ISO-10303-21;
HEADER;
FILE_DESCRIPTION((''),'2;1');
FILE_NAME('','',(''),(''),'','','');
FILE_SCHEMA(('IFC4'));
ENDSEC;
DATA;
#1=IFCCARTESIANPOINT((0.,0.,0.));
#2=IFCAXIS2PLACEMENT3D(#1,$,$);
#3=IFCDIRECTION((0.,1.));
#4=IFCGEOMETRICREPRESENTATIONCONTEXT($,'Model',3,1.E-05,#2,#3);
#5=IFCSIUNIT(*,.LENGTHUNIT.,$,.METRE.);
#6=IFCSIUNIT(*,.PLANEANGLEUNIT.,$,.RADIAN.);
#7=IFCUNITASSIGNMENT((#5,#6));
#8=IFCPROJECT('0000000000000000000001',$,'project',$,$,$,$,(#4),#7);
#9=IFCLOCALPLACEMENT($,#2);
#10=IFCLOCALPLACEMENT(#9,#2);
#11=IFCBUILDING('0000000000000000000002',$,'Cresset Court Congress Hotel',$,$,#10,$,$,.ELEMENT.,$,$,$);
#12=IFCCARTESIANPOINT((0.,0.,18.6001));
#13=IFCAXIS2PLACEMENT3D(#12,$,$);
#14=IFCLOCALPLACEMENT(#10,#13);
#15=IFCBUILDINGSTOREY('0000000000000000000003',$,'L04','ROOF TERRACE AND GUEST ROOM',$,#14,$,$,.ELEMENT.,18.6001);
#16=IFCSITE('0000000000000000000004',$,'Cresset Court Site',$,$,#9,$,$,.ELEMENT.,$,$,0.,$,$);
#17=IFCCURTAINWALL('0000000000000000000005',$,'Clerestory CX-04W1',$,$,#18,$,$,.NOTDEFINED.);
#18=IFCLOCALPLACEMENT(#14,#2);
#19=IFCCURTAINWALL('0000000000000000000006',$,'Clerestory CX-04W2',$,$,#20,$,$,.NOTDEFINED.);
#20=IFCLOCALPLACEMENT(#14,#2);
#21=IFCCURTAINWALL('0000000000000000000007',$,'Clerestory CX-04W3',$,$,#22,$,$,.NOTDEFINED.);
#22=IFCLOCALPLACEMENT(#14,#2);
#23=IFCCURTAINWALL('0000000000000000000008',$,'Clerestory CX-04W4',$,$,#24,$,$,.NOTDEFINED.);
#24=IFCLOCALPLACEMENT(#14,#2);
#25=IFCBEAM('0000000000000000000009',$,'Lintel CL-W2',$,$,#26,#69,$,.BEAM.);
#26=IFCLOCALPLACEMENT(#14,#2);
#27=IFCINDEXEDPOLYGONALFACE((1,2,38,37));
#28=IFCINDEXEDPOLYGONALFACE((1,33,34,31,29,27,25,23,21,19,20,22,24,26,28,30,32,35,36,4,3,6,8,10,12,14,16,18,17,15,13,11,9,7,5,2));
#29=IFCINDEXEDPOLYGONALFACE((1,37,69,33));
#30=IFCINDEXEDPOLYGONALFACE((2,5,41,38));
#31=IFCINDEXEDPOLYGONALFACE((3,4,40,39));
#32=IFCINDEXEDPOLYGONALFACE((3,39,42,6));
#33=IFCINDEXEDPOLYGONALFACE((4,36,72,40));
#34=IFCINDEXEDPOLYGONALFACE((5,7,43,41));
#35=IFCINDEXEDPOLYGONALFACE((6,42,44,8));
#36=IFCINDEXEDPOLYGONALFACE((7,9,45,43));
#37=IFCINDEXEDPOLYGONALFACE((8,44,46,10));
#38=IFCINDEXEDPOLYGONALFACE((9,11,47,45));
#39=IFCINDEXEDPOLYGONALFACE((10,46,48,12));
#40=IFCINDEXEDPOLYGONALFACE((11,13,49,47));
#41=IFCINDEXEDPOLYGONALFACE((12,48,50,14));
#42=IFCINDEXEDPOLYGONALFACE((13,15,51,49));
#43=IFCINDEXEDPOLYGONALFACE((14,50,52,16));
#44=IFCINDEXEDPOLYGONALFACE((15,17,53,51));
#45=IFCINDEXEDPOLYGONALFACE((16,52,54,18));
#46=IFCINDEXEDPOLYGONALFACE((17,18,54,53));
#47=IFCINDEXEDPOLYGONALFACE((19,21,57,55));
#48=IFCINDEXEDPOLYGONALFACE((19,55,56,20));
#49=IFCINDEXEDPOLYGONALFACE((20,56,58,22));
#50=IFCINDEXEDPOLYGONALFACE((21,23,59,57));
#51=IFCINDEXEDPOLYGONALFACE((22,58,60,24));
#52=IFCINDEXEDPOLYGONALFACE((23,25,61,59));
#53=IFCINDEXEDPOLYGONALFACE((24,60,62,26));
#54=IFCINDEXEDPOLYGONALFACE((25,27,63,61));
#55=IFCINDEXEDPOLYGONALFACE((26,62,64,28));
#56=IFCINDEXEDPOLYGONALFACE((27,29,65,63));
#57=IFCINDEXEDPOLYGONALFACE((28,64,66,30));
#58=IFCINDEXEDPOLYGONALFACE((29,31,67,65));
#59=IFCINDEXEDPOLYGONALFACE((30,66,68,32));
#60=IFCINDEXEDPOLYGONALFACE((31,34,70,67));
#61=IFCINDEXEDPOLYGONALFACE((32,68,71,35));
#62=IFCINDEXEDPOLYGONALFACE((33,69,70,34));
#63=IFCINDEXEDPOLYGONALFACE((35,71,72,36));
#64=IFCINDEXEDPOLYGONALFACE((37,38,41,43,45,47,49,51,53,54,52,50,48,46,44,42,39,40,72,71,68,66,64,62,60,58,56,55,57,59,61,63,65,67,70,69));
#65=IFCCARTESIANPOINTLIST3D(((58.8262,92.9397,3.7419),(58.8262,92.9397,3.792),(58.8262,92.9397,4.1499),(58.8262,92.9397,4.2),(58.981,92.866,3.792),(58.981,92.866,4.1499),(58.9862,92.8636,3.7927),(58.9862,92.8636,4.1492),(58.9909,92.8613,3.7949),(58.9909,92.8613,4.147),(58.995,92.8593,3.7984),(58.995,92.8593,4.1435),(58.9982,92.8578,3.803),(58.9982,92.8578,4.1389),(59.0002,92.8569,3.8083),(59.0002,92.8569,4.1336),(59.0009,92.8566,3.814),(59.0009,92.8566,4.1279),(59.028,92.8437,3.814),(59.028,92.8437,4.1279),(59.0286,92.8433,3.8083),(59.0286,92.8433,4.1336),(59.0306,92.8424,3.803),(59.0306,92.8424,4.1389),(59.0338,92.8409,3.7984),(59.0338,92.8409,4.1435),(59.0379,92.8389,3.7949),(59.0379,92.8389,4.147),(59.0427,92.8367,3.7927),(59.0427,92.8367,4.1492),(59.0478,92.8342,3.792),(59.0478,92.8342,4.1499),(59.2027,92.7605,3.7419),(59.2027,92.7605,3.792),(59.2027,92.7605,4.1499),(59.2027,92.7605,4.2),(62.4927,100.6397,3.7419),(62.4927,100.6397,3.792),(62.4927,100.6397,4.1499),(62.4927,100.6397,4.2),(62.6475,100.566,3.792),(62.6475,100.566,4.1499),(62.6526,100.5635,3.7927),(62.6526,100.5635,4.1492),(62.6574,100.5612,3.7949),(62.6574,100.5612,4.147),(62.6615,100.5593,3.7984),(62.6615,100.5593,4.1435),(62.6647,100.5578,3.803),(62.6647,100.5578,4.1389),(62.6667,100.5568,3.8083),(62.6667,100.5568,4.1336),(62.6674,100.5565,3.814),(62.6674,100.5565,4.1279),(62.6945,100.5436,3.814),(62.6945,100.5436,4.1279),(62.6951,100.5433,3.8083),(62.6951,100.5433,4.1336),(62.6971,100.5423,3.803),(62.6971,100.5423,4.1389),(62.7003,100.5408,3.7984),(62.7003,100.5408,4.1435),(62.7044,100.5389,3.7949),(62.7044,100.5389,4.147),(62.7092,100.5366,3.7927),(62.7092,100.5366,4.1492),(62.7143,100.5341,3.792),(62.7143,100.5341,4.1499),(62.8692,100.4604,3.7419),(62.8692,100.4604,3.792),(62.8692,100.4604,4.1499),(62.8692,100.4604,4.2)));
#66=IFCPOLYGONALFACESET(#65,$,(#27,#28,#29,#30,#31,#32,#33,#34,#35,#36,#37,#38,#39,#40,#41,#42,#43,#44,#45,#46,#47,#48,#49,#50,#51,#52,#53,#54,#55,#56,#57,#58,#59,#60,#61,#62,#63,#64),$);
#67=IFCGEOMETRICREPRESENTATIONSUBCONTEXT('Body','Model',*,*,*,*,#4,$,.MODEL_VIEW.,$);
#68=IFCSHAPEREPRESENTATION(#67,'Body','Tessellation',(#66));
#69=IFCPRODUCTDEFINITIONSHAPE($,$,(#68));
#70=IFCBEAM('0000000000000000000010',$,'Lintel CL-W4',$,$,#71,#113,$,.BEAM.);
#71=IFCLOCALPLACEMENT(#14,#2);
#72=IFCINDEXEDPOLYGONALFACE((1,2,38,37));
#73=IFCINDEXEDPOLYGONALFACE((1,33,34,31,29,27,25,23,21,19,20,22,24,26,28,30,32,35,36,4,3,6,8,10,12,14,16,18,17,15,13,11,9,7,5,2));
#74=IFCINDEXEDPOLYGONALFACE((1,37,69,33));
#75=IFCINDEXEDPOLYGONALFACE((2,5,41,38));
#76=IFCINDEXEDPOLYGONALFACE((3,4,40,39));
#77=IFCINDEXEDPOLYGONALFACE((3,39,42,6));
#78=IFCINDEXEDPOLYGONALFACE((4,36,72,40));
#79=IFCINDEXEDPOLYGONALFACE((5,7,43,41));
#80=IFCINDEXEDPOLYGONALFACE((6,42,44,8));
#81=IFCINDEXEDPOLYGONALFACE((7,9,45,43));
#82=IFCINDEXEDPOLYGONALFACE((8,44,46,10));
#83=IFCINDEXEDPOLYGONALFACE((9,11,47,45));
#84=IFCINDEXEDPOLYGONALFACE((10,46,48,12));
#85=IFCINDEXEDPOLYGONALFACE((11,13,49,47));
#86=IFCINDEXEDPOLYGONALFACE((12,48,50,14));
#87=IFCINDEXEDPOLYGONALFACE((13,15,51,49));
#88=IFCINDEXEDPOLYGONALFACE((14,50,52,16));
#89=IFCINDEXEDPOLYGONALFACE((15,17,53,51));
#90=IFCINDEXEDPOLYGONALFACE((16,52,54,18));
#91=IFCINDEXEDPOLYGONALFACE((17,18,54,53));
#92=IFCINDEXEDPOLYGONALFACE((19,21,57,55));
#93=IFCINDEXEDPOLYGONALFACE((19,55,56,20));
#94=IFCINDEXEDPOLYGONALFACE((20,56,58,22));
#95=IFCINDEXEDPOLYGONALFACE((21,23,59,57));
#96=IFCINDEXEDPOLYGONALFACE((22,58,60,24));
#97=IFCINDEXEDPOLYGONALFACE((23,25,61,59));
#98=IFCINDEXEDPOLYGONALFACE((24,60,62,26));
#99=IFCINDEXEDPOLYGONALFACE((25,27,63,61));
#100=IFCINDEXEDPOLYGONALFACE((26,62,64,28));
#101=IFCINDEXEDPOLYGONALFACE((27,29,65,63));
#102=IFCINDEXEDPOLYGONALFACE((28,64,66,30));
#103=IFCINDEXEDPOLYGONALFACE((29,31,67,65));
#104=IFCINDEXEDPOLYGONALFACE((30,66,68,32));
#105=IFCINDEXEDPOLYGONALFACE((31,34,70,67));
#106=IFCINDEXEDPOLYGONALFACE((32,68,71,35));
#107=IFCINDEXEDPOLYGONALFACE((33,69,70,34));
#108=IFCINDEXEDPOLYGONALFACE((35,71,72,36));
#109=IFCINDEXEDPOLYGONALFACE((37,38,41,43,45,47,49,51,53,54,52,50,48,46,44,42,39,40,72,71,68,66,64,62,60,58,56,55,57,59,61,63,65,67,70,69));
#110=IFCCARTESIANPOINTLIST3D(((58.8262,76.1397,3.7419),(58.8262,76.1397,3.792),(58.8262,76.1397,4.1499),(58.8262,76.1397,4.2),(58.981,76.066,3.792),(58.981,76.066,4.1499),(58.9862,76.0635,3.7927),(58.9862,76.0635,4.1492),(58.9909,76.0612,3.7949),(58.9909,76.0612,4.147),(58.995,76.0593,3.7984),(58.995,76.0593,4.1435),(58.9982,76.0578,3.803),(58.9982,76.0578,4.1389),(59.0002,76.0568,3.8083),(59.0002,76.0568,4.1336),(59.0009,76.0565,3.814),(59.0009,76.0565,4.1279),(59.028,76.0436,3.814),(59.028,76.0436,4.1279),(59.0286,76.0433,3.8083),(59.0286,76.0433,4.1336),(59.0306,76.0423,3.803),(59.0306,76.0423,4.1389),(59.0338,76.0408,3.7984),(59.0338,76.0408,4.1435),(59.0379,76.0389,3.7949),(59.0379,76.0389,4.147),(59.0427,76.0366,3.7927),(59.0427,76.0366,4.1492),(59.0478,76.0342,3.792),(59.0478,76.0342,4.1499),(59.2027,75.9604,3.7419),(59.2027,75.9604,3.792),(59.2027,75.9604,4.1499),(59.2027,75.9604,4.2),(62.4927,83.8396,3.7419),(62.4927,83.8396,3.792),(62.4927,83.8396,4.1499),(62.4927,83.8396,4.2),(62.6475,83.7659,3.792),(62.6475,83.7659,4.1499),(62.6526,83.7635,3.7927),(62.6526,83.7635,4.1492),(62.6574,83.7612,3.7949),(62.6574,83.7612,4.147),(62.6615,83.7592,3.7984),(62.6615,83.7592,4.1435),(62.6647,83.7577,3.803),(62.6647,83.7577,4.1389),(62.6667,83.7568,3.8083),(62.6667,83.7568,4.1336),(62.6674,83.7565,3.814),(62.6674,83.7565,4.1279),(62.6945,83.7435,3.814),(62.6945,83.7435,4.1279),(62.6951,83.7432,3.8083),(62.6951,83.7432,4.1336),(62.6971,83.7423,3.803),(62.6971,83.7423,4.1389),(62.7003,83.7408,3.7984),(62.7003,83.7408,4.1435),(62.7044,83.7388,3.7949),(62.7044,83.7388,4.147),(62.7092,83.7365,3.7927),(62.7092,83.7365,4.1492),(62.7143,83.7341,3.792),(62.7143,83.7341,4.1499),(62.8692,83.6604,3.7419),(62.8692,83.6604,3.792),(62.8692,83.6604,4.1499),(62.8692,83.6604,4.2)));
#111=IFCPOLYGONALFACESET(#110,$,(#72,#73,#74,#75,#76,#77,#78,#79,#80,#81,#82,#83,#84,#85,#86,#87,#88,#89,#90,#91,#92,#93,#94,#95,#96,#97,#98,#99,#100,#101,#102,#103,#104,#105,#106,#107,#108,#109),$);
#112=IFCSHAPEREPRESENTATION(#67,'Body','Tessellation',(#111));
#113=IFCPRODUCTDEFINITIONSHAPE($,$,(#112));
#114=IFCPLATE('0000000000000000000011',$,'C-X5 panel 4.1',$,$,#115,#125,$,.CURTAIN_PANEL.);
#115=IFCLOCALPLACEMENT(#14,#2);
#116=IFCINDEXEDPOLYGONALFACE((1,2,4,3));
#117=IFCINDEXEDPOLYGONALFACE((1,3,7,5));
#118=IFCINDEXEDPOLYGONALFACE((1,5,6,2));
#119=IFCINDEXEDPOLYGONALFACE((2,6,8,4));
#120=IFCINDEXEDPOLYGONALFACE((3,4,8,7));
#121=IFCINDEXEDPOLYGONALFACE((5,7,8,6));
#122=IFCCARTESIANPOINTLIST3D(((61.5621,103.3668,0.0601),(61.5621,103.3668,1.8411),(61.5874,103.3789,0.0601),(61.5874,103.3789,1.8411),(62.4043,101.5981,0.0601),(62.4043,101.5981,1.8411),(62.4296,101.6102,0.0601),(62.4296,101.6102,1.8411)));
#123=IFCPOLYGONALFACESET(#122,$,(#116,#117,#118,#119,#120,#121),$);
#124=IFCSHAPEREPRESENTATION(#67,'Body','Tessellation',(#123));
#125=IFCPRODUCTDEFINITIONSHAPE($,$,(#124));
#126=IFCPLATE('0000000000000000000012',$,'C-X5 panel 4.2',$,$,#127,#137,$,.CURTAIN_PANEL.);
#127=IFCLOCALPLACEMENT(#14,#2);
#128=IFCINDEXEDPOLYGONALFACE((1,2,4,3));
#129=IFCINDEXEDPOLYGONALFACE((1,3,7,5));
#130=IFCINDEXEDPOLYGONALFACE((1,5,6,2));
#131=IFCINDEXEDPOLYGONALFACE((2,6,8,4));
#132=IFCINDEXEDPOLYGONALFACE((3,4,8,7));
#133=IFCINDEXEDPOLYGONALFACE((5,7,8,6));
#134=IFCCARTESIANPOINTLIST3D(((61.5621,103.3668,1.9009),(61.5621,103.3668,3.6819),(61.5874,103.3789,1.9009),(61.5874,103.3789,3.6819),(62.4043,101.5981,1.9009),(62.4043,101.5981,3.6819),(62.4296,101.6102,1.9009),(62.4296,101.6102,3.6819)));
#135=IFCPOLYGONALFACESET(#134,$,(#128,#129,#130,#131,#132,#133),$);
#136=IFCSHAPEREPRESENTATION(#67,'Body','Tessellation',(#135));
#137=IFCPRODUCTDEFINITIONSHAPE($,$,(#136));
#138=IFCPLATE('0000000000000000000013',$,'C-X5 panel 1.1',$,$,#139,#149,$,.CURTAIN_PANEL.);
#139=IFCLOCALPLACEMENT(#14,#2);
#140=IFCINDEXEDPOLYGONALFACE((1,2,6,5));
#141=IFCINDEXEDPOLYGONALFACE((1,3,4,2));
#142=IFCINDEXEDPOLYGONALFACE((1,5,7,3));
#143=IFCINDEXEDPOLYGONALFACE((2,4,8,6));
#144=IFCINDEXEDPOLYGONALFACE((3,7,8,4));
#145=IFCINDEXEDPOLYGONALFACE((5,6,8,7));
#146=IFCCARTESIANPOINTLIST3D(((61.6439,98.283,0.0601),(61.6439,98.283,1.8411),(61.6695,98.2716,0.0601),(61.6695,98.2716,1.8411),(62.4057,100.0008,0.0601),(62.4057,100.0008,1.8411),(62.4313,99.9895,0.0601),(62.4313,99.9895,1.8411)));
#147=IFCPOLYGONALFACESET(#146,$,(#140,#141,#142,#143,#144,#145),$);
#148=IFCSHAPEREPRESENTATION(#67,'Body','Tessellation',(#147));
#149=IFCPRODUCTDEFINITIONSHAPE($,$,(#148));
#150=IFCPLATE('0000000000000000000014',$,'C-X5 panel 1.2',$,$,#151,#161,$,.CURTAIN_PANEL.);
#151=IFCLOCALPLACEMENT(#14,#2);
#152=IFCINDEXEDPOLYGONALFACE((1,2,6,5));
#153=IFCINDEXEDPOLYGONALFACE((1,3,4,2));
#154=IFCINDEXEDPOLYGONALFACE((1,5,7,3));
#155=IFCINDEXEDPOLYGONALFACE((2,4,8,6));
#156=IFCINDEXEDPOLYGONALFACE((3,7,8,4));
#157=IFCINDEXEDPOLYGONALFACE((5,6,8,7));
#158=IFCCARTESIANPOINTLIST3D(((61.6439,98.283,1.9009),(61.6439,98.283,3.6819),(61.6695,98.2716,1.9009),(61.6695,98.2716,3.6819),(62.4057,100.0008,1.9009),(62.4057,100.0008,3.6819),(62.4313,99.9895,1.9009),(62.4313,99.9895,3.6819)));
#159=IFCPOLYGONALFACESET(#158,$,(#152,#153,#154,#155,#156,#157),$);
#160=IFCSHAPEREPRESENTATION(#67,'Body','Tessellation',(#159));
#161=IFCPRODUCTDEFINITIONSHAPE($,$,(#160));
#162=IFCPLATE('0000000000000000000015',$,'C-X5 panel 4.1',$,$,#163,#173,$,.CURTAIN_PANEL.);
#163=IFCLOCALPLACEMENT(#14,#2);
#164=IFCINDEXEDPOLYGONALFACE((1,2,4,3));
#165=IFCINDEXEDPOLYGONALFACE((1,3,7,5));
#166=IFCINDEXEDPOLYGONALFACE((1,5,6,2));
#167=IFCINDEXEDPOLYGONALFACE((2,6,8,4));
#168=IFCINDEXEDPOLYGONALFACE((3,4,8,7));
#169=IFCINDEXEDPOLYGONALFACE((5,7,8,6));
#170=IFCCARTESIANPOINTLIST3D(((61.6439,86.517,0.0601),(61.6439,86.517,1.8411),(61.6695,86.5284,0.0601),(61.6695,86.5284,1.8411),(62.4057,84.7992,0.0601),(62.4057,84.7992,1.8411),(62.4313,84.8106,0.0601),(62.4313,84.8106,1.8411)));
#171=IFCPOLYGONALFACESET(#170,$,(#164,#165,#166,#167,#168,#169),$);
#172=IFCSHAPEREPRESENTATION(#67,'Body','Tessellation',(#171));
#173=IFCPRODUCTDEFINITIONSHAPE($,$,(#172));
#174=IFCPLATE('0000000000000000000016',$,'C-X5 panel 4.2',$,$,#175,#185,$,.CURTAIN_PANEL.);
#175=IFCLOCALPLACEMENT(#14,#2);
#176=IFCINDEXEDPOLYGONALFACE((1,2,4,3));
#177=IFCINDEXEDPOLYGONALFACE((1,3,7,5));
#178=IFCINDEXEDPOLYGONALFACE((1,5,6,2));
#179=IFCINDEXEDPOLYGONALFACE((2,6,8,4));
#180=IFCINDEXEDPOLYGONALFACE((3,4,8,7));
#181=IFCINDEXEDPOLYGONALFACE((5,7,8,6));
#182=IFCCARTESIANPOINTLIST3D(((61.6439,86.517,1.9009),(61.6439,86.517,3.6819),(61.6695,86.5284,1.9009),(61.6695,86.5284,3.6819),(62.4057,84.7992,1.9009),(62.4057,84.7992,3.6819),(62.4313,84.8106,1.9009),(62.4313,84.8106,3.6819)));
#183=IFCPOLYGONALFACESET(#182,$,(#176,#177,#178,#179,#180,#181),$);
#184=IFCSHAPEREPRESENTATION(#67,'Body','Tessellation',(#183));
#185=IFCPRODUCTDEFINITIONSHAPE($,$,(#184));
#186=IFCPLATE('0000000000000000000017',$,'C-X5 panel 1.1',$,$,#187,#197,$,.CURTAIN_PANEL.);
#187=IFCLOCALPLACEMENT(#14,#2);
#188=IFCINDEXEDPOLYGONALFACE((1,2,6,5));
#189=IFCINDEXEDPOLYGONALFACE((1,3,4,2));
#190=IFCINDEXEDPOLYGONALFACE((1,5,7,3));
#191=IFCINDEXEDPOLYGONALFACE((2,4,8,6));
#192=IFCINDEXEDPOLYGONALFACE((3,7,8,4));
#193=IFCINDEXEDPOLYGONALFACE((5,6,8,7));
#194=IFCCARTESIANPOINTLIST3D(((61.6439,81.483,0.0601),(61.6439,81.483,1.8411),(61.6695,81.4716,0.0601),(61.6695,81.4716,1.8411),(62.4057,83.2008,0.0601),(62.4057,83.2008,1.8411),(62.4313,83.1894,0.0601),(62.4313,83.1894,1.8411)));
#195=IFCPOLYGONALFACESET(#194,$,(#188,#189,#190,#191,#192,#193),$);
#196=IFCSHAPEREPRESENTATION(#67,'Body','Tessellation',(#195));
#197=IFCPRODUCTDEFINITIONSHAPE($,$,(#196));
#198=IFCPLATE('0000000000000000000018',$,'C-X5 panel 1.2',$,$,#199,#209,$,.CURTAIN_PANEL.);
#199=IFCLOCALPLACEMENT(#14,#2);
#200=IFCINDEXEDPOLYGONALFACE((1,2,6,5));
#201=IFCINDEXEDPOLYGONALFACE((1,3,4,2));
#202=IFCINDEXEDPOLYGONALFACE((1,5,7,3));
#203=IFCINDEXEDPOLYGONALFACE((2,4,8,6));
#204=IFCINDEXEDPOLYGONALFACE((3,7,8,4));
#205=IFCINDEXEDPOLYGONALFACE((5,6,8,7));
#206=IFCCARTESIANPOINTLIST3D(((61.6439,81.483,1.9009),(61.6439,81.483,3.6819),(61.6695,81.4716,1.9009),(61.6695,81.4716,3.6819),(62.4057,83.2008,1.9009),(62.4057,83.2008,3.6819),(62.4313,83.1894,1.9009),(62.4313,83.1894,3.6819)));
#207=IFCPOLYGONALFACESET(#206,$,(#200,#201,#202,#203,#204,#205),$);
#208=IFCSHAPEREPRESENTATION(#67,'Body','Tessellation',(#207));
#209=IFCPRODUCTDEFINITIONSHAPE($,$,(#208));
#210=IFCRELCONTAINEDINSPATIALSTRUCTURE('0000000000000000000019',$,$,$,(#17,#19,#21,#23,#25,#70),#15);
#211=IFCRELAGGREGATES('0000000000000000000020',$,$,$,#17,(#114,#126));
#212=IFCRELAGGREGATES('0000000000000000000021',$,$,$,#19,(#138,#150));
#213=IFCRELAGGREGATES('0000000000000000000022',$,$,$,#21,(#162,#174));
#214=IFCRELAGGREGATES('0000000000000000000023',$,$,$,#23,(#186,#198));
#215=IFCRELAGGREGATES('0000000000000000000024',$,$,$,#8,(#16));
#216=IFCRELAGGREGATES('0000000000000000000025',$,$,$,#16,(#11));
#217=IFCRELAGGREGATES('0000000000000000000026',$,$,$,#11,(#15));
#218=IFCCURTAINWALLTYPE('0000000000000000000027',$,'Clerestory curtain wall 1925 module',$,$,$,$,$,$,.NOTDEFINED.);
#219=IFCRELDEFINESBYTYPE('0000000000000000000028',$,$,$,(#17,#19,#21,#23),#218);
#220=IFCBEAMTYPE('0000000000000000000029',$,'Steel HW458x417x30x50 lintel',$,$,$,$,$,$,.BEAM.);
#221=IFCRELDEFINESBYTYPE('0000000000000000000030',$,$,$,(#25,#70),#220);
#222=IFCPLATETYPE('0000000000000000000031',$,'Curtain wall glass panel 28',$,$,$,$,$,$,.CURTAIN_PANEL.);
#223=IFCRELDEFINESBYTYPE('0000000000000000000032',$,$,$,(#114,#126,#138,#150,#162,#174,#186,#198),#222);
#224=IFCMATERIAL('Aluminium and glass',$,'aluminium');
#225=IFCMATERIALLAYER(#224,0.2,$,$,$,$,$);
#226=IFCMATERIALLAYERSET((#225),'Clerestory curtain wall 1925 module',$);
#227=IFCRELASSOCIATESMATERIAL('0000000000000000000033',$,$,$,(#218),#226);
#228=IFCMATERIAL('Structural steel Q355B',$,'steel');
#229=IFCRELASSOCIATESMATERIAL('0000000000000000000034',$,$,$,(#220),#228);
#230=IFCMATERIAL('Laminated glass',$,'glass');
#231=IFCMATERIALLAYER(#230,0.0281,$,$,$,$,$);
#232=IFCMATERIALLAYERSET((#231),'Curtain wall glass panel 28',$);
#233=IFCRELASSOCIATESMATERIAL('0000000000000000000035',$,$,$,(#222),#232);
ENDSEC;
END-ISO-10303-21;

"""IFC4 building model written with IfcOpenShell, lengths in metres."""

from ifc_helpers import new_model, si_unit, direction, frame, origin, origin_2d, place, context, subcontext, project, spatial, rectangle, i_section, extrude, material, layer, layer_set, material_profile, profile_set, type_object, element, aggregate, save


model = new_model("IFC4")

# Units and contexts
model_context = context("Model", 3, precision=1e-05, world=origin(), true_north=direction((0.0, 1.0)))
body_context = subcontext(model_context, "Body", "Model", "MODEL_VIEW")
ifc_project = project(units=[si_unit("LENGTHUNIT", "METRE"), si_unit("PLANEANGLEUNIT", "RADIAN")], contexts=[model_context])

# Site, building, storey
site_placement = place(None, origin())
site = spatial("IfcSite", under=ifc_project, at=site_placement, Name="Cresset Court Site", CompositionType="ELEMENT", RefElevation=0.0)
building_placement = place(site_placement, origin())
building = spatial("IfcBuilding", under=site, at=building_placement, Name="Cresset Court Congress Hotel", CompositionType="ELEMENT")
storey_placement = place(building_placement, frame((0.0, 0.0, 18.6001)))
storey = spatial("IfcBuildingStorey", under=building, at=storey_placement, Name="L04", Description="ROOF TERRACE AND GUEST ROOM", CompositionType="ELEMENT", Elevation=18.6001)

# Curtain walls
ifc_material_1 = material(Name="Aluminium and glass", Category="aluminium")
ifc_layer_1 = layer(ifc_material_1, 0.2)
ifc_layer_set_1 = layer_set([ifc_layer_1], Name="Clerestory curtain wall 1925 module")
curtain_wall_type = type_object("IfcCurtainWallType", Name="Clerestory curtain wall 1925 module", PredefinedType="NOTDEFINED", material=ifc_layer_set_1)
curtain_wall_1_placement = place(storey_placement, origin())
curtain_wall_1 = element("IfcCurtainWall", 1, at=curtain_wall_1_placement, inside=storey, type_object=curtain_wall_type, Name="Clerestory CX-04W1", PredefinedType="NOTDEFINED")
curtain_wall_2_placement = place(storey_placement, origin())
curtain_wall_2 = element("IfcCurtainWall", 2, at=curtain_wall_2_placement, inside=storey, type_object=curtain_wall_type, Name="Clerestory CX-04W2", PredefinedType="NOTDEFINED")
curtain_wall_3_placement = place(storey_placement, origin())
curtain_wall_3 = element("IfcCurtainWall", 3, at=curtain_wall_3_placement, inside=storey, type_object=curtain_wall_type, Name="Clerestory CX-04W3", PredefinedType="NOTDEFINED")
curtain_wall_4_placement = place(storey_placement, origin())
curtain_wall_4 = element("IfcCurtainWall", 4, at=curtain_wall_4_placement, inside=storey, type_object=curtain_wall_type, Name="Clerestory CX-04W4", PredefinedType="NOTDEFINED")

# Beams
ifc_material_2 = material(Name="Structural steel Q355B", Category="steel")
ifc_material_profile_1 = material_profile(ifc_material_2, i_section(OverallWidth=0.417, OverallDepth=0.458, WebThickness=0.03, FlangeThickness=0.05, FilletRadius=0.022, at=origin_2d()), Name="HW458x417x30x50")
ifc_profile_set_1 = profile_set([ifc_material_profile_1], Name="Structural steel Q355B")
beam_type = type_object("IfcBeamType", Name="Steel HW458x417x30x50 lintel", PredefinedType="BEAM", material=ifc_profile_set_1)
for number, where, z_axis, x_axis, name in (
    (5, (62.6809, 100.55, 3.9709), (-0.42992, -0.902867, 0.0), (0.902867, -0.42992, 0.0), "Lintel CL-W2"),
    (6, (62.6809, 83.75, 3.9709), (-0.42992, -0.902867, 0.0), (0.902867, -0.42992, 0.0), "Lintel CL-W4"),
):
    element("IfcBeam", number, at=place(storey_placement, frame(where, z_axis=z_axis, x_axis=x_axis)), inside=storey, type_object=beam_type, Name=name, PredefinedType="BEAM", context=body_context, shape_type="SweptSolid", body=[
        extrude(i_section(OverallWidth=0.417, OverallDepth=0.458, WebThickness=0.03, FlangeThickness=0.05, FilletRadius=0.022, at=origin_2d()), origin(), (0.0, 0.0, 1.0), 8.5283),
    ])

# Plates
ifc_material_3 = material(Name="Laminated glass", Category="glass")
ifc_layer_2 = layer(ifc_material_3, 0.0281)
ifc_layer_set_2 = layer_set([ifc_layer_2], Name="Curtain wall glass panel 28")
plate_type = type_object("IfcPlateType", Name="Curtain wall glass panel 28", PredefinedType="CURTAIN_PANEL", material=ifc_layer_set_2)
plate_1_placement = place(storey_placement, frame((61.9958, 102.4885, 0.0601), z_axis=(0.0, 0.0, 1.0), x_axis=(0.429934, -0.902861, 0.0)))
plate_1 = element("IfcPlate", 7, at=plate_1_placement, type_object=plate_type, Name="C-X5 panel 4.1", PredefinedType="CURTAIN_PANEL", context=body_context, shape_type="SweptSolid", body=[
    extrude(rectangle(XDim=1.959, YDim=0.0281, at=origin_2d()), origin(), (0.0, 0.0, 1.0), 1.781),
])
plate_2_placement = place(storey_placement, frame((61.9958, 102.4885, 1.9009), z_axis=(0.0, 0.0, 1.0), x_axis=(0.429934, -0.902861, 0.0)))
plate_2 = element("IfcPlate", 8, at=plate_2_placement, type_object=plate_type, Name="C-X5 panel 4.2", PredefinedType="CURTAIN_PANEL", context=body_context, shape_type="SweptSolid", body=[
    extrude(rectangle(XDim=1.959, YDim=0.0281, at=origin_2d()), origin(), (0.0, 0.0, 1.0), 1.781),
])
aggregate(curtain_wall_1, [plate_1, plate_2])
plate_3_placement = place(storey_placement, frame((62.0376, 99.1362, 0.0601), z_axis=(0.0, 0.0, 1.0), x_axis=(-0.405381, -0.914148, 0.0)))
plate_3 = element("IfcPlate", 9, at=plate_3_placement, type_object=plate_type, Name="C-X5 panel 1.1", PredefinedType="CURTAIN_PANEL", context=body_context, shape_type="SweptSolid", body=[
    extrude(rectangle(XDim=1.8792, YDim=0.0281, at=origin_2d()), origin(), (0.0, 0.0, 1.0), 1.781),
])
plate_4_placement = place(storey_placement, frame((62.0376, 99.1362, 1.9009), z_axis=(0.0, 0.0, 1.0), x_axis=(-0.405381, -0.914148, 0.0)))
plate_4 = element("IfcPlate", 10, at=plate_4_placement, type_object=plate_type, Name="C-X5 panel 1.2", PredefinedType="CURTAIN_PANEL", context=body_context, shape_type="SweptSolid", body=[
    extrude(rectangle(XDim=1.8792, YDim=0.0281, at=origin_2d()), origin(), (0.0, 0.0, 1.0), 1.781),
])
aggregate(curtain_wall_2, [plate_3, plate_4])
plate_5_placement = place(storey_placement, frame((62.0376, 85.6638, 0.0601), z_axis=(0.0, 0.0, 1.0), x_axis=(0.405381, -0.914148, 0.0)))
plate_5 = element("IfcPlate", 11, at=plate_5_placement, type_object=plate_type, Name="C-X5 panel 4.1", PredefinedType="CURTAIN_PANEL", context=body_context, shape_type="SweptSolid", body=[
    extrude(rectangle(XDim=1.8792, YDim=0.0281, at=origin_2d()), origin(), (0.0, 0.0, 1.0), 1.781),
])
plate_6_placement = place(storey_placement, frame((62.0376, 85.6638, 1.9009), z_axis=(0.0, 0.0, 1.0), x_axis=(0.405381, -0.914148, 0.0)))
plate_6 = element("IfcPlate", 12, at=plate_6_placement, type_object=plate_type, Name="C-X5 panel 4.2", PredefinedType="CURTAIN_PANEL", context=body_context, shape_type="SweptSolid", body=[
    extrude(rectangle(XDim=1.8792, YDim=0.0281, at=origin_2d()), origin(), (0.0, 0.0, 1.0), 1.781),
])
aggregate(curtain_wall_3, [plate_5, plate_6])
plate_7_placement = place(storey_placement, frame((62.0376, 82.3362, 0.0601), z_axis=(0.0, 0.0, 1.0), x_axis=(-0.405381, -0.914148, 0.0)))
plate_7 = element("IfcPlate", 13, at=plate_7_placement, type_object=plate_type, Name="C-X5 panel 1.1", PredefinedType="CURTAIN_PANEL", context=body_context, shape_type="SweptSolid", body=[
    extrude(rectangle(XDim=1.8792, YDim=0.0281, at=origin_2d()), origin(), (0.0, 0.0, 1.0), 1.781),
])
plate_8_placement = place(storey_placement, frame((62.0376, 82.3362, 1.9009), z_axis=(0.0, 0.0, 1.0), x_axis=(-0.405381, -0.914148, 0.0)))
plate_8 = element("IfcPlate", 14, at=plate_8_placement, type_object=plate_type, Name="C-X5 panel 1.2", PredefinedType="CURTAIN_PANEL", context=body_context, shape_type="SweptSolid", body=[
    extrude(rectangle(XDim=1.8792, YDim=0.0281, at=origin_2d()), origin(), (0.0, 0.0, 1.0), 1.781),
])
aggregate(curtain_wall_4, [plate_7, plate_8])

save(model, "model.ifc")
